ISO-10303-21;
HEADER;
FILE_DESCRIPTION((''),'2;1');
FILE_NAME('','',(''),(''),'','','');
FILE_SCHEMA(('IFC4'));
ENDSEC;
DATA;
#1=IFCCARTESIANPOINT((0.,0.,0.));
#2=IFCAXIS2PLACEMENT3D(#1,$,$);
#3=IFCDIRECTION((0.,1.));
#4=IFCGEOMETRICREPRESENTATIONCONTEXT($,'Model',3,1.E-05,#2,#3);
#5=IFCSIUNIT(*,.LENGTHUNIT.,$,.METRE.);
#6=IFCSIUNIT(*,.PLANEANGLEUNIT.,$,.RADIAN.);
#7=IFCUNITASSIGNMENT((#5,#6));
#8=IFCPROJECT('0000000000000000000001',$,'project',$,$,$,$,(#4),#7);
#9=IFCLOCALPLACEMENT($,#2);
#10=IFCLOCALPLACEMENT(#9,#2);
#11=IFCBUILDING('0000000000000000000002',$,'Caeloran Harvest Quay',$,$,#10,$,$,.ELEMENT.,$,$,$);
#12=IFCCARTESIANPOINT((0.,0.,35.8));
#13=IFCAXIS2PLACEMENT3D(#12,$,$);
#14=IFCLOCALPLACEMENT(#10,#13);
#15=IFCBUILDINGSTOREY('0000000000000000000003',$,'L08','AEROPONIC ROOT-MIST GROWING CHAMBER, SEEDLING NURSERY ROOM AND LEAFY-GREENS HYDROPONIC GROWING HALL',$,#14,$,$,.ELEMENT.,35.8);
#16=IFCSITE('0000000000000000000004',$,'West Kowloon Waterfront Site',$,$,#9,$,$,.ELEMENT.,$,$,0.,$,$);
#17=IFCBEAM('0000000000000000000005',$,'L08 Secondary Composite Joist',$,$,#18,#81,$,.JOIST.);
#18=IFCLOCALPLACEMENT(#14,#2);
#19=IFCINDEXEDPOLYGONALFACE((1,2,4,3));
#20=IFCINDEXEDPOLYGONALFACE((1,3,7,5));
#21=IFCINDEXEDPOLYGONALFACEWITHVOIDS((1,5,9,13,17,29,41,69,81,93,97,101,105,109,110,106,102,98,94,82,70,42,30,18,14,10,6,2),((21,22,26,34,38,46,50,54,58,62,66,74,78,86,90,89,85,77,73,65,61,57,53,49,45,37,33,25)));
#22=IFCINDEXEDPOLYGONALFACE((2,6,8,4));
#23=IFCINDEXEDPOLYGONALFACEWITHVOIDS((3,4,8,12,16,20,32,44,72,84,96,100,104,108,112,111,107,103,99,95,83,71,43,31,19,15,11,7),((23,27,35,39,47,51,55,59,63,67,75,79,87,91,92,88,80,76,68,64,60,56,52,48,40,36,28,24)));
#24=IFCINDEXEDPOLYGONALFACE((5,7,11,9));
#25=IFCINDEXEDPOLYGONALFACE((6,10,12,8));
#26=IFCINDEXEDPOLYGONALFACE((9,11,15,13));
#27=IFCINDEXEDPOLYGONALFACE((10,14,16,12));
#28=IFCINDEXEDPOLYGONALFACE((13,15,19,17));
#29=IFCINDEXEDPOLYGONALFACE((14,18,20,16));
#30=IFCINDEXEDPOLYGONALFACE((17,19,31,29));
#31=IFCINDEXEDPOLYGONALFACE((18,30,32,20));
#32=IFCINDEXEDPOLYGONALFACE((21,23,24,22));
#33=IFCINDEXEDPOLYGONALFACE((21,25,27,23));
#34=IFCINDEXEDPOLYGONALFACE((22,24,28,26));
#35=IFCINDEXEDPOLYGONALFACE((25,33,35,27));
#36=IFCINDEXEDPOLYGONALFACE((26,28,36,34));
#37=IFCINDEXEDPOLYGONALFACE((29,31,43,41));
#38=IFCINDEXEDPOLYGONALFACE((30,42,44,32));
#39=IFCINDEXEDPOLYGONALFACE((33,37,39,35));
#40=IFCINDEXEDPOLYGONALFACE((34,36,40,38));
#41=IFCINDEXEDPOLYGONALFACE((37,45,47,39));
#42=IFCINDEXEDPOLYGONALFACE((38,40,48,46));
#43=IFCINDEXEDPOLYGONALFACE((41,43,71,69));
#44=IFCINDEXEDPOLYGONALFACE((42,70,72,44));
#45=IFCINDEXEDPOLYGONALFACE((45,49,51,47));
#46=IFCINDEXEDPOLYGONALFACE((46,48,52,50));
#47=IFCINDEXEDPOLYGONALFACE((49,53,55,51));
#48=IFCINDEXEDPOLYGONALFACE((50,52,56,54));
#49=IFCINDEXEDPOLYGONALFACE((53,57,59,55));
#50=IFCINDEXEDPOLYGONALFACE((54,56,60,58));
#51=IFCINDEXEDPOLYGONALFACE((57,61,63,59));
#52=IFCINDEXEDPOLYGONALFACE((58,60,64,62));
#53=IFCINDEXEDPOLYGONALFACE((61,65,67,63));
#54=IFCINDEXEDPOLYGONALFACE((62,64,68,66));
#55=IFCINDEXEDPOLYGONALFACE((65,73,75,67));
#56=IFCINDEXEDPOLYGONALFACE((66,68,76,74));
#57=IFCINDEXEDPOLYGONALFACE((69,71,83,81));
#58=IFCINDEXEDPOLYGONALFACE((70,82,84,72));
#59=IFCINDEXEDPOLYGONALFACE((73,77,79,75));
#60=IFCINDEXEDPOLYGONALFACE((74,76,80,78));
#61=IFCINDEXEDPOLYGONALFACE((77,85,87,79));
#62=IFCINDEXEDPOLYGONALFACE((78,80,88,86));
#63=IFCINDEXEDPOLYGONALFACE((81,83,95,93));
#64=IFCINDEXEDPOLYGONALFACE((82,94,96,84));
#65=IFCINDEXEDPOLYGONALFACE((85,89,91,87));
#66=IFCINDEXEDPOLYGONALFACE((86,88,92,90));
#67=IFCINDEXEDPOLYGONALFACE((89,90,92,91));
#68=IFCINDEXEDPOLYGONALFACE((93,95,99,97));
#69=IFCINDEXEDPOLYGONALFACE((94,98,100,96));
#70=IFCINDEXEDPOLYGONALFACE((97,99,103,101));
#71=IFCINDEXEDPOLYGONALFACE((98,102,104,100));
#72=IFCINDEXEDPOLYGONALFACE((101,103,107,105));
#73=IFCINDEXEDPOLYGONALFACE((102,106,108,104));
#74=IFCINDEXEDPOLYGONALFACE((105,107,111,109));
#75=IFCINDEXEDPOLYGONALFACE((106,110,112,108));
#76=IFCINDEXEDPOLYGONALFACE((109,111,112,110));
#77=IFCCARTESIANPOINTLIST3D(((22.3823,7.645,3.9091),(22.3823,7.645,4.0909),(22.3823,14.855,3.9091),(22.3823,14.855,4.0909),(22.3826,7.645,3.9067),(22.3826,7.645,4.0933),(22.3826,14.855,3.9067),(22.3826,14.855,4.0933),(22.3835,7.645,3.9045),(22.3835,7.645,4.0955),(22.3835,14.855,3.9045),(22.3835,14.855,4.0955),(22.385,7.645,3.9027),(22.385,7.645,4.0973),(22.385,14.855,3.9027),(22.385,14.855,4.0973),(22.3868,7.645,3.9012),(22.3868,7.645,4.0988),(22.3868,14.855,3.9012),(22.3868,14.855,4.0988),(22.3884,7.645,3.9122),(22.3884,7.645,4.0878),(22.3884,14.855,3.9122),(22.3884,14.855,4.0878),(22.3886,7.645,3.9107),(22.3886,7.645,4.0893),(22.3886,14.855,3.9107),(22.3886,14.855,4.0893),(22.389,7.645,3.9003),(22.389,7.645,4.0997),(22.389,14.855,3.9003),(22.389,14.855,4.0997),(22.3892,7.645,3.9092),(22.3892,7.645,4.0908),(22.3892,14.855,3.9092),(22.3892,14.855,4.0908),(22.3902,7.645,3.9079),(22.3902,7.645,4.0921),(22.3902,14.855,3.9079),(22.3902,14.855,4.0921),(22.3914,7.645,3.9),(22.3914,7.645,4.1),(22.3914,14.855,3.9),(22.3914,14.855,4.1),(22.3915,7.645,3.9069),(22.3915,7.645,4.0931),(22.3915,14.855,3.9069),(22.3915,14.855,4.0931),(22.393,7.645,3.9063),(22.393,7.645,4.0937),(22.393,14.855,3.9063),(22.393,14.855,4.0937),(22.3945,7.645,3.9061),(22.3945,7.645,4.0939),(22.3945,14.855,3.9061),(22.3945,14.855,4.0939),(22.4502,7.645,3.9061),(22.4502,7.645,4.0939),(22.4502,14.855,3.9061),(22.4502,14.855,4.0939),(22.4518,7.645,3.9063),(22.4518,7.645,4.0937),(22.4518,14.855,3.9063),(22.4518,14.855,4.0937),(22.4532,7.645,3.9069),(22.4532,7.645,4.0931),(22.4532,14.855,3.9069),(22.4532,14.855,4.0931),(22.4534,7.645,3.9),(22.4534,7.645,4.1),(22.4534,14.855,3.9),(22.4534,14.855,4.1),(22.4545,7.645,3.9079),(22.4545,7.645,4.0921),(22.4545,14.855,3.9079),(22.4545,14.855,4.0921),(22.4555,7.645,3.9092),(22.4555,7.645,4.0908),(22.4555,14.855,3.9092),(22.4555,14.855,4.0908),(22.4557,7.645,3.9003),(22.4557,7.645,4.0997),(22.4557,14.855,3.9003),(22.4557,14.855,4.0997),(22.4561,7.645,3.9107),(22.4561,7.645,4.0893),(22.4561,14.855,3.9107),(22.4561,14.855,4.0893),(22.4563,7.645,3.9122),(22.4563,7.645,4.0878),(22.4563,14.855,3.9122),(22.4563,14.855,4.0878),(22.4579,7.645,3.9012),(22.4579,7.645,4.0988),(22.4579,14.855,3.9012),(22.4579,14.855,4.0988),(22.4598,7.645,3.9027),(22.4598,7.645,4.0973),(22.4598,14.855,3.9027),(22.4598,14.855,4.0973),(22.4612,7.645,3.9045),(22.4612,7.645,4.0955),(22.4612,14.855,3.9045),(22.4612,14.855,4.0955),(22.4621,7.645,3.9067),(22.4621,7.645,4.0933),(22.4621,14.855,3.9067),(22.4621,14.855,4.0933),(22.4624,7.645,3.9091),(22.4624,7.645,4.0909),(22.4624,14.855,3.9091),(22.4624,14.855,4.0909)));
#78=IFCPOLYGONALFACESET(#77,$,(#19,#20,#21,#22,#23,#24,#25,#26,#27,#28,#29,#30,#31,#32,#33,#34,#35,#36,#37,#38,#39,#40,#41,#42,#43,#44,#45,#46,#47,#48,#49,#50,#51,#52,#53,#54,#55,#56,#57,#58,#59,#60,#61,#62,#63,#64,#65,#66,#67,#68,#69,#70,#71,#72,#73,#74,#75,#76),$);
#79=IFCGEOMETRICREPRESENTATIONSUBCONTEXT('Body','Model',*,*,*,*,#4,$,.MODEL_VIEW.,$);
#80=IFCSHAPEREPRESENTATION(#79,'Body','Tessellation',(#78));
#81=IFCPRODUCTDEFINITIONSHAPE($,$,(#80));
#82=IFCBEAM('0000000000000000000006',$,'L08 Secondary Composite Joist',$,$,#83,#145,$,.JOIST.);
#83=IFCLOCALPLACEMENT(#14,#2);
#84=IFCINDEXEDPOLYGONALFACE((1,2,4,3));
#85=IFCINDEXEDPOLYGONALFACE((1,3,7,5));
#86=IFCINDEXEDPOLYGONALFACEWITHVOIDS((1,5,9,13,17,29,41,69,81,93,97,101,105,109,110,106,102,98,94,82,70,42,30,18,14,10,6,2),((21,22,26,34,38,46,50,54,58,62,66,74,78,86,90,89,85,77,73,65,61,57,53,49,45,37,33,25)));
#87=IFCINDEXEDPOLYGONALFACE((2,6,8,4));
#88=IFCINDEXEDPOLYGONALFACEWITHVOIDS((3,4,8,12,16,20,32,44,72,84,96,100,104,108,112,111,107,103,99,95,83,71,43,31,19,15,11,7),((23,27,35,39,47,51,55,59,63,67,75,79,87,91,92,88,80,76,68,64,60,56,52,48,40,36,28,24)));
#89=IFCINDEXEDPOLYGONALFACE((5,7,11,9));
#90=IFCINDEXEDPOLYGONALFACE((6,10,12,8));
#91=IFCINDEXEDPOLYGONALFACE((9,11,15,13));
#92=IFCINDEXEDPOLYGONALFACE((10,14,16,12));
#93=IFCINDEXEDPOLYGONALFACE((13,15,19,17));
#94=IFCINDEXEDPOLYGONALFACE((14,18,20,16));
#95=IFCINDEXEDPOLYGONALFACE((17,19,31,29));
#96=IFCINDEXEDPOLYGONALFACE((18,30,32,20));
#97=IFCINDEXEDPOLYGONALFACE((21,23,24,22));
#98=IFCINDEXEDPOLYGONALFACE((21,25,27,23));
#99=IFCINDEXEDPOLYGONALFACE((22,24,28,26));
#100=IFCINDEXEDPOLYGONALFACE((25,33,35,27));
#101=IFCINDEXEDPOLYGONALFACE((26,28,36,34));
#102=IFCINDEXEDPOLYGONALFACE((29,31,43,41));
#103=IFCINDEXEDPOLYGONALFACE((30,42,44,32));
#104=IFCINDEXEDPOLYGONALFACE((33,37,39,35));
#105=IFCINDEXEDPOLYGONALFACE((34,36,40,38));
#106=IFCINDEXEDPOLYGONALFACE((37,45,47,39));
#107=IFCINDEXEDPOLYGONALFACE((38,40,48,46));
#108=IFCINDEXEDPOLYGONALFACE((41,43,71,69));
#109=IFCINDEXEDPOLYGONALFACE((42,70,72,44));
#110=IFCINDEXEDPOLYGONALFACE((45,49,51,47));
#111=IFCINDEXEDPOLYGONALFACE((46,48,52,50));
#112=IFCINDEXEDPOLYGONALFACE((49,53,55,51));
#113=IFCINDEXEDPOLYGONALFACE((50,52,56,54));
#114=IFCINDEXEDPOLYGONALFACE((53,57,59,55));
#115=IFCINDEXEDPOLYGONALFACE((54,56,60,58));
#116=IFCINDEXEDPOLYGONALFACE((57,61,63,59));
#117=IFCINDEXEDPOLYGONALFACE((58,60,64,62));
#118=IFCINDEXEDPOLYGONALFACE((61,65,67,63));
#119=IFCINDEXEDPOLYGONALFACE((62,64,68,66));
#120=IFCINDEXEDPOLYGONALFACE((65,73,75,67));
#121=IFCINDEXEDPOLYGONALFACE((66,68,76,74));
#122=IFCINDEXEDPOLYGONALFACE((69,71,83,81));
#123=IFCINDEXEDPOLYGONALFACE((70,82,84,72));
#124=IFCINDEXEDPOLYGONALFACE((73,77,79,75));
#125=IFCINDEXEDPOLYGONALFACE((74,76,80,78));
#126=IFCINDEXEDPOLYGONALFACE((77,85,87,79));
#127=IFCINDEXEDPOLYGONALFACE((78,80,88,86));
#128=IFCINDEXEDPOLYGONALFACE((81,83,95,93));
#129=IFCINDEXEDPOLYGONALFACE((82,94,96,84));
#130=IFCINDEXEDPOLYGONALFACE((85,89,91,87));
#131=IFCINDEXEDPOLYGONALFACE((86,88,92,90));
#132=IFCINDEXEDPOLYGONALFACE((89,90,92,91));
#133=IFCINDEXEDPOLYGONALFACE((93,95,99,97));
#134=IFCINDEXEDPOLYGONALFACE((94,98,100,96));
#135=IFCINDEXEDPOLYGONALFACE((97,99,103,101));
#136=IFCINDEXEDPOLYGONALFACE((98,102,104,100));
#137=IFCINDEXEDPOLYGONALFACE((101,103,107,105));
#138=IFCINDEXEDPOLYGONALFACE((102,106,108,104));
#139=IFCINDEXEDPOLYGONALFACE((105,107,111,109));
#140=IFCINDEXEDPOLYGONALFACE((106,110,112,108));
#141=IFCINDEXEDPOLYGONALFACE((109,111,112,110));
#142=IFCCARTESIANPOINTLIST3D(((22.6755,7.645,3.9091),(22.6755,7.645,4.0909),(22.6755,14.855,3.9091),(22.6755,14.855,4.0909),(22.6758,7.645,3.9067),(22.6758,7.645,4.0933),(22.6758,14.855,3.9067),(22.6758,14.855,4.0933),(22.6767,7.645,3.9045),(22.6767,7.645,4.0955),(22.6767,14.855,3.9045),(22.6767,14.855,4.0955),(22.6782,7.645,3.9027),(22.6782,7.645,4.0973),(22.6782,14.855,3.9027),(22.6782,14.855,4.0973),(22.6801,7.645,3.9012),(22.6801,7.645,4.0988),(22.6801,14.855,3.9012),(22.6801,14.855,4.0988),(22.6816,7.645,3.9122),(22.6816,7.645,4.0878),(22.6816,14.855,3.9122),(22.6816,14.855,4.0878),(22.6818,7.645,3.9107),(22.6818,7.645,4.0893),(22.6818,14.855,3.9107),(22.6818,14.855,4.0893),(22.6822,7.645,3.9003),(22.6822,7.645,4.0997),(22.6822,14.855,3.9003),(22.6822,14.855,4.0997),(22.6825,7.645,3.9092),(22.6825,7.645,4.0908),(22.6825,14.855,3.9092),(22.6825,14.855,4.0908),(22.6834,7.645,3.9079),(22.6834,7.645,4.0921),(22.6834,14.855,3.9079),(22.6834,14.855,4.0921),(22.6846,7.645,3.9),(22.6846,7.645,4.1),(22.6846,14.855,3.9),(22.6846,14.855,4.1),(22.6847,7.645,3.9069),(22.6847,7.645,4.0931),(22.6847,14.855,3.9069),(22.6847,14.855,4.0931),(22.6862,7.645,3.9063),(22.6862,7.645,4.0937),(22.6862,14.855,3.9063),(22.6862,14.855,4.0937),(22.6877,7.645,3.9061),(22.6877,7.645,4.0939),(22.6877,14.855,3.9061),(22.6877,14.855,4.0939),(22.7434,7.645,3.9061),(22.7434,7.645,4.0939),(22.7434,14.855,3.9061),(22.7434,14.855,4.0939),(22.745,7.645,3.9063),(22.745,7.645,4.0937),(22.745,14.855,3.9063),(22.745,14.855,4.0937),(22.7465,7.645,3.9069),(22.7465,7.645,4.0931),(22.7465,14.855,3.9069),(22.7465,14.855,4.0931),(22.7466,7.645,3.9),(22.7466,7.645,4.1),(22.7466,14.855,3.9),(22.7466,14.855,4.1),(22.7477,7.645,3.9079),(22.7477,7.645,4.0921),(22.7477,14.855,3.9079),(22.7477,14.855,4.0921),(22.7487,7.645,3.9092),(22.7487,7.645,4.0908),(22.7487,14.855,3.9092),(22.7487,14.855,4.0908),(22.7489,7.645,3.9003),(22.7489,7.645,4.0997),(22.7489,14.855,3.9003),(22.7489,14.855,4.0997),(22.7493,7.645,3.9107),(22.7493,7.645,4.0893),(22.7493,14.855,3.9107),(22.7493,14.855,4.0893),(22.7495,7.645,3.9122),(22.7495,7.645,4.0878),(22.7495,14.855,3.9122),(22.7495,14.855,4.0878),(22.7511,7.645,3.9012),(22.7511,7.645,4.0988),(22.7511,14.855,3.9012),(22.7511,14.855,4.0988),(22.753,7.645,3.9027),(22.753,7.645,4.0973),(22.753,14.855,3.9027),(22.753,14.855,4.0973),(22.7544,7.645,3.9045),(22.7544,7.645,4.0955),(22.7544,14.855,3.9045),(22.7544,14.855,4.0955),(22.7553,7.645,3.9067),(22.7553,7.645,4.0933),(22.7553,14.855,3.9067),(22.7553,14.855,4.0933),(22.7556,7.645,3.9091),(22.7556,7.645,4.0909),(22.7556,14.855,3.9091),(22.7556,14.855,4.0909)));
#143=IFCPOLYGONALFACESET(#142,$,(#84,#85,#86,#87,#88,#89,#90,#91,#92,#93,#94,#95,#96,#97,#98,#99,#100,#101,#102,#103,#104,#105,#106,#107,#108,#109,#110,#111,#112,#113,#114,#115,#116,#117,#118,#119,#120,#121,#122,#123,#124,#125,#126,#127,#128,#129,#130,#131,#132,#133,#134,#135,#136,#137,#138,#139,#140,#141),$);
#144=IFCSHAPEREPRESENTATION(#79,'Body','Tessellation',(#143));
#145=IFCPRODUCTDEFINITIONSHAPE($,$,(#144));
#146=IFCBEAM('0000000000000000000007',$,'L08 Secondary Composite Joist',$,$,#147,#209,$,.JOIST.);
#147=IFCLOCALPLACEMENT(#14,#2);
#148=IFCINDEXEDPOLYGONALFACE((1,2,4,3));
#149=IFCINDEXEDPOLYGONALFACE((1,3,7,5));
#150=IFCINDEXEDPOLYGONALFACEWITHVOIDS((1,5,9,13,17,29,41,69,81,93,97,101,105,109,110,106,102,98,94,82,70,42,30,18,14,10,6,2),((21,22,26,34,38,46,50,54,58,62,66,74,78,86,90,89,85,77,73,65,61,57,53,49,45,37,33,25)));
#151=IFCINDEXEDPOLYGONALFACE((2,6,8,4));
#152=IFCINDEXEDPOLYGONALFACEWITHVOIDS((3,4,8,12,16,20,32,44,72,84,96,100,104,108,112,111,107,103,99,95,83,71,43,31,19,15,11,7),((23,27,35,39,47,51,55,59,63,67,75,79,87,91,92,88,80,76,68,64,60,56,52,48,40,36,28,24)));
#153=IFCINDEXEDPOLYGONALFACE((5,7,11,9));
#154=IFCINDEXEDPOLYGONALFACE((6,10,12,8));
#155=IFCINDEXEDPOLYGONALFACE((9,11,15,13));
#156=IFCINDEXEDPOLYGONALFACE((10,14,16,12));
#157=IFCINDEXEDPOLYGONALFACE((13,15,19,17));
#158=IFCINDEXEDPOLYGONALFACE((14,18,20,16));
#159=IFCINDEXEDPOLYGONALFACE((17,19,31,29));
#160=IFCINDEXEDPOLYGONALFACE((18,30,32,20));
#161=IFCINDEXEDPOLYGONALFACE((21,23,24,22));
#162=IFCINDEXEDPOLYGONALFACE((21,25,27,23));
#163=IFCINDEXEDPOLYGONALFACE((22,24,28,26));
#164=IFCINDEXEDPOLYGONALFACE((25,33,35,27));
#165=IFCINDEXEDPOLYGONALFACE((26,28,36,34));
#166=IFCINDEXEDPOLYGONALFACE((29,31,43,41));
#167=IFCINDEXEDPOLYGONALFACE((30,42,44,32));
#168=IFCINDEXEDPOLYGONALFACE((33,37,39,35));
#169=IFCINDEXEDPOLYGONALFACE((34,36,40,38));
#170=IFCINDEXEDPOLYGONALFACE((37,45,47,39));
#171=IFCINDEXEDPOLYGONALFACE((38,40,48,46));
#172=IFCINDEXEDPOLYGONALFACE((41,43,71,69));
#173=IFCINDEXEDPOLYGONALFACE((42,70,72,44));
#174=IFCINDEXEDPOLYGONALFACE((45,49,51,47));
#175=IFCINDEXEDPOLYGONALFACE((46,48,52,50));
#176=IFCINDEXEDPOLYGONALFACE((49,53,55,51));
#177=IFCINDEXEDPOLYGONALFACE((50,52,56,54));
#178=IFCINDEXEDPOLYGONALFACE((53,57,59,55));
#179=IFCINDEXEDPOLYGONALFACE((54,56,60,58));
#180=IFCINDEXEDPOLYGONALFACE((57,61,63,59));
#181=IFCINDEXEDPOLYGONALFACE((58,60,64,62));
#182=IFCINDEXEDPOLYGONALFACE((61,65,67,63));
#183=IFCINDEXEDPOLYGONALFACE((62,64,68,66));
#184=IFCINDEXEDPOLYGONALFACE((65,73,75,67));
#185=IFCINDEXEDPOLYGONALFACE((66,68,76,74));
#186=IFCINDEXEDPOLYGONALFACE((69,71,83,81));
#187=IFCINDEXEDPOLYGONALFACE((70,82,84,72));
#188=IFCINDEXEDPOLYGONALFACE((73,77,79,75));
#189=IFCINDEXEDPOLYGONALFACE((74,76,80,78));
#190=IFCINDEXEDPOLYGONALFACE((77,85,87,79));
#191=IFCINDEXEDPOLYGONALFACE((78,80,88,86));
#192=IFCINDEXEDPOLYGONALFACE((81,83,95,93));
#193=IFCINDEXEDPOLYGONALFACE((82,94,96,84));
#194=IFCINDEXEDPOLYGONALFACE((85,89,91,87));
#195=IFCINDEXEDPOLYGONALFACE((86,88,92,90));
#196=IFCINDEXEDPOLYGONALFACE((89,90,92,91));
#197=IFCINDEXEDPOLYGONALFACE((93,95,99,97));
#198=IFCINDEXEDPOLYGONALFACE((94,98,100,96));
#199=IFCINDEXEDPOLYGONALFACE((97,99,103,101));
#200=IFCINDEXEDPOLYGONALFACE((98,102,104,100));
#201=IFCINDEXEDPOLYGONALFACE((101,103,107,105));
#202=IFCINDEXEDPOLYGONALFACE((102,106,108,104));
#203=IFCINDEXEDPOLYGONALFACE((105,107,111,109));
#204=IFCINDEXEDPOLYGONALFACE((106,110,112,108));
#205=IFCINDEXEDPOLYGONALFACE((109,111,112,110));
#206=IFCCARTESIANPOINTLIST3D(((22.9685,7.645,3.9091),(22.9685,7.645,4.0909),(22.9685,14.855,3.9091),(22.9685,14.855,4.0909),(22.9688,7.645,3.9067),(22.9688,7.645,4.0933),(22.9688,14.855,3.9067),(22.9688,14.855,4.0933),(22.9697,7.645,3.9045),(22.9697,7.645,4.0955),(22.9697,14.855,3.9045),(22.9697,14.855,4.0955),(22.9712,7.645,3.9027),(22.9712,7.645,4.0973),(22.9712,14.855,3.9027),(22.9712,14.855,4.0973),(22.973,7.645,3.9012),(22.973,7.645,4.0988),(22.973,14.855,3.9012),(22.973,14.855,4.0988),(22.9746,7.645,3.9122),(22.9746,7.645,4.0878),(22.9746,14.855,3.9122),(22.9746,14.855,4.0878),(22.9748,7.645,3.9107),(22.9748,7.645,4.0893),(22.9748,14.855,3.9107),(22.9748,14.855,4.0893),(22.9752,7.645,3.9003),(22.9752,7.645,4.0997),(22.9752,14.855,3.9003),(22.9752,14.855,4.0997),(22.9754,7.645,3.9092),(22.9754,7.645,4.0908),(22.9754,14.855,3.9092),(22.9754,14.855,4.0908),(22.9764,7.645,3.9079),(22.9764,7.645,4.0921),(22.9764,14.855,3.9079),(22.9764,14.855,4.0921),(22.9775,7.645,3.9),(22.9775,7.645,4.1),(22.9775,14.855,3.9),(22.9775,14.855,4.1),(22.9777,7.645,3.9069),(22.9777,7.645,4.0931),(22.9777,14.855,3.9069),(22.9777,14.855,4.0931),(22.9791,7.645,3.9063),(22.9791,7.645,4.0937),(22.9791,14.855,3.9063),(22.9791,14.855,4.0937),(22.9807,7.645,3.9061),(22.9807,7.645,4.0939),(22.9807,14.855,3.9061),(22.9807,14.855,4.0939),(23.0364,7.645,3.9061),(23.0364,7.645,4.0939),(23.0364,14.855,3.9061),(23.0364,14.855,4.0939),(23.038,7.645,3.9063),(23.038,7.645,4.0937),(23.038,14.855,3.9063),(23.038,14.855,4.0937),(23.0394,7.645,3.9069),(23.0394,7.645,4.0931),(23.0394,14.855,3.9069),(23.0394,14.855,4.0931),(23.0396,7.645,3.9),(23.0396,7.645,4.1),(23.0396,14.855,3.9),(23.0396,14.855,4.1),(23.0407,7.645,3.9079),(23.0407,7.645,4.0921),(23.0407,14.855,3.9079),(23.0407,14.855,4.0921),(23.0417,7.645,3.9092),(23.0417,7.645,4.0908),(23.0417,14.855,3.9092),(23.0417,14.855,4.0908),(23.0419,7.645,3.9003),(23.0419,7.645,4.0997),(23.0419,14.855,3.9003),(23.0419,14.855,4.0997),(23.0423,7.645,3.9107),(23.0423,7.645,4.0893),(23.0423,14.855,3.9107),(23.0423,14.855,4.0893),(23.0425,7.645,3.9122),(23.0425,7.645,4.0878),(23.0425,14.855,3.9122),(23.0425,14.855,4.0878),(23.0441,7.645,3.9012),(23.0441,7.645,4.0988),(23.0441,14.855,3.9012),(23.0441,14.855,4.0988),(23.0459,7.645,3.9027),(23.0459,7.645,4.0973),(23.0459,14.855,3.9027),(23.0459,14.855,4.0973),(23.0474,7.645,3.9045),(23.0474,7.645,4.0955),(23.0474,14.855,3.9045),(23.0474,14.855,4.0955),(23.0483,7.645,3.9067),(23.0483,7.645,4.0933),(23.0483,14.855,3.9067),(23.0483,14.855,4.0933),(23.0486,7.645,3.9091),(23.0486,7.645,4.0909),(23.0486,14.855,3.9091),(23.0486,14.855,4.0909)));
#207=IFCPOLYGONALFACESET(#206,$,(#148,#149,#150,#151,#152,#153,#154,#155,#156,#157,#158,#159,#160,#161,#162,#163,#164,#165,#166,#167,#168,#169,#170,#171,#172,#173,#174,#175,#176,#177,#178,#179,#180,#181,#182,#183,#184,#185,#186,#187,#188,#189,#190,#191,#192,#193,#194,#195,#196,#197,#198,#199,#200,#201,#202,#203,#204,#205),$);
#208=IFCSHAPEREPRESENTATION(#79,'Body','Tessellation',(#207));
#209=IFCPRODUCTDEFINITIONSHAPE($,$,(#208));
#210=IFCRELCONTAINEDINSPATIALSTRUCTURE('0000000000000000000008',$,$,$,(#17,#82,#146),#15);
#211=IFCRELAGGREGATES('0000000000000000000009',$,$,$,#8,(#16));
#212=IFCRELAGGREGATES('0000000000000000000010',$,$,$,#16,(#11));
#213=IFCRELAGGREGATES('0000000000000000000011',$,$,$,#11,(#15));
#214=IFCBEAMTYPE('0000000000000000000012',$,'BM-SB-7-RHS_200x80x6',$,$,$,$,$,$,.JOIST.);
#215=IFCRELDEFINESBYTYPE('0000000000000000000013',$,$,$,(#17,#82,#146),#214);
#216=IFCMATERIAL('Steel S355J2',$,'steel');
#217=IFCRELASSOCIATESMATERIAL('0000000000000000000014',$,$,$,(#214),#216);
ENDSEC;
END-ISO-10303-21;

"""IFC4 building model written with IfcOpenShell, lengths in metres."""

from ifc_helpers import new_model, si_unit, direction, frame, origin, origin_2d, place, context, subcontext, project, spatial, hollow_rectangle, extrude, material, material_profile, profile_set, type_object, element, save


model = new_model("IFC4")

# Units and contexts
model_context = context("Model", 3, precision=1e-05, world=origin(), true_north=direction((0.0, 1.0)))
body_context = subcontext(model_context, "Body", "Model", "MODEL_VIEW")
ifc_project = project(units=[si_unit("LENGTHUNIT", "METRE"), si_unit("PLANEANGLEUNIT", "RADIAN")], contexts=[model_context])

# Site, building, storey
site_placement = place(None, origin())
site = spatial("IfcSite", under=ifc_project, at=site_placement, Name="West Kowloon Waterfront Site", CompositionType="ELEMENT", RefElevation=0.0)
building_placement = place(site_placement, origin())
building = spatial("IfcBuilding", under=site, at=building_placement, Name="Caeloran Harvest Quay", CompositionType="ELEMENT")
storey_placement = place(building_placement, frame((0.0, 0.0, 35.8)))
storey = spatial("IfcBuildingStorey", under=building, at=storey_placement, Name="L08", Description="AEROPONIC ROOT-MIST GROWING CHAMBER, SEEDLING NURSERY ROOM AND LEAFY-GREENS HYDROPONIC GROWING HALL", CompositionType="ELEMENT", Elevation=35.8)

# Beams
ifc_material_1 = material(Name="Steel S355J2", Category="steel")
ifc_material_profile_1 = material_profile(ifc_material_1, hollow_rectangle(XDim=0.0801, YDim=0.2, WallThickness=0.0061, InnerFilletRadius=0.0061, OuterFilletRadius=0.009, at=origin_2d()), Name="RHS 200x80x6")
ifc_profile_set_1 = profile_set([ifc_material_profile_1], Name="Steel S355J2")
beam_type_1 = type_object("IfcBeamType", Name="BM-SB-7-RHS_200x80x6", PredefinedType="JOIST", material=ifc_profile_set_1)
for number, where, z_axis, x_axis, name in (
    (1, (22.4224, 7.645, 4.0), (0.0, 1.0, 0.0), (-1.0, 0.0, 0.0), "L08 Secondary Composite Joist"),
    (2, (22.7156, 7.645, 4.0), (0.0, 1.0, 0.0), (-1.0, 0.0, 0.0), "L08 Secondary Composite Joist"),
    (3, (23.0085, 7.645, 4.0), (0.0, 1.0, 0.0), (-1.0, 0.0, 0.0), "L08 Secondary Composite Joist"),
):
    element("IfcBeam", number, at=place(storey_placement, frame(where, z_axis=z_axis, x_axis=x_axis)), inside=storey, type_object=beam_type_1, Name=name, PredefinedType="JOIST", context=body_context, shape_type="SweptSolid", body=[
        extrude(hollow_rectangle(XDim=0.0801, YDim=0.2, WallThickness=0.0061, InnerFilletRadius=0.0061, OuterFilletRadius=0.009, at=origin_2d()), origin(), (0.0, 0.0, 1.0), 7.21),
    ])

save(model, "model.ifc")
